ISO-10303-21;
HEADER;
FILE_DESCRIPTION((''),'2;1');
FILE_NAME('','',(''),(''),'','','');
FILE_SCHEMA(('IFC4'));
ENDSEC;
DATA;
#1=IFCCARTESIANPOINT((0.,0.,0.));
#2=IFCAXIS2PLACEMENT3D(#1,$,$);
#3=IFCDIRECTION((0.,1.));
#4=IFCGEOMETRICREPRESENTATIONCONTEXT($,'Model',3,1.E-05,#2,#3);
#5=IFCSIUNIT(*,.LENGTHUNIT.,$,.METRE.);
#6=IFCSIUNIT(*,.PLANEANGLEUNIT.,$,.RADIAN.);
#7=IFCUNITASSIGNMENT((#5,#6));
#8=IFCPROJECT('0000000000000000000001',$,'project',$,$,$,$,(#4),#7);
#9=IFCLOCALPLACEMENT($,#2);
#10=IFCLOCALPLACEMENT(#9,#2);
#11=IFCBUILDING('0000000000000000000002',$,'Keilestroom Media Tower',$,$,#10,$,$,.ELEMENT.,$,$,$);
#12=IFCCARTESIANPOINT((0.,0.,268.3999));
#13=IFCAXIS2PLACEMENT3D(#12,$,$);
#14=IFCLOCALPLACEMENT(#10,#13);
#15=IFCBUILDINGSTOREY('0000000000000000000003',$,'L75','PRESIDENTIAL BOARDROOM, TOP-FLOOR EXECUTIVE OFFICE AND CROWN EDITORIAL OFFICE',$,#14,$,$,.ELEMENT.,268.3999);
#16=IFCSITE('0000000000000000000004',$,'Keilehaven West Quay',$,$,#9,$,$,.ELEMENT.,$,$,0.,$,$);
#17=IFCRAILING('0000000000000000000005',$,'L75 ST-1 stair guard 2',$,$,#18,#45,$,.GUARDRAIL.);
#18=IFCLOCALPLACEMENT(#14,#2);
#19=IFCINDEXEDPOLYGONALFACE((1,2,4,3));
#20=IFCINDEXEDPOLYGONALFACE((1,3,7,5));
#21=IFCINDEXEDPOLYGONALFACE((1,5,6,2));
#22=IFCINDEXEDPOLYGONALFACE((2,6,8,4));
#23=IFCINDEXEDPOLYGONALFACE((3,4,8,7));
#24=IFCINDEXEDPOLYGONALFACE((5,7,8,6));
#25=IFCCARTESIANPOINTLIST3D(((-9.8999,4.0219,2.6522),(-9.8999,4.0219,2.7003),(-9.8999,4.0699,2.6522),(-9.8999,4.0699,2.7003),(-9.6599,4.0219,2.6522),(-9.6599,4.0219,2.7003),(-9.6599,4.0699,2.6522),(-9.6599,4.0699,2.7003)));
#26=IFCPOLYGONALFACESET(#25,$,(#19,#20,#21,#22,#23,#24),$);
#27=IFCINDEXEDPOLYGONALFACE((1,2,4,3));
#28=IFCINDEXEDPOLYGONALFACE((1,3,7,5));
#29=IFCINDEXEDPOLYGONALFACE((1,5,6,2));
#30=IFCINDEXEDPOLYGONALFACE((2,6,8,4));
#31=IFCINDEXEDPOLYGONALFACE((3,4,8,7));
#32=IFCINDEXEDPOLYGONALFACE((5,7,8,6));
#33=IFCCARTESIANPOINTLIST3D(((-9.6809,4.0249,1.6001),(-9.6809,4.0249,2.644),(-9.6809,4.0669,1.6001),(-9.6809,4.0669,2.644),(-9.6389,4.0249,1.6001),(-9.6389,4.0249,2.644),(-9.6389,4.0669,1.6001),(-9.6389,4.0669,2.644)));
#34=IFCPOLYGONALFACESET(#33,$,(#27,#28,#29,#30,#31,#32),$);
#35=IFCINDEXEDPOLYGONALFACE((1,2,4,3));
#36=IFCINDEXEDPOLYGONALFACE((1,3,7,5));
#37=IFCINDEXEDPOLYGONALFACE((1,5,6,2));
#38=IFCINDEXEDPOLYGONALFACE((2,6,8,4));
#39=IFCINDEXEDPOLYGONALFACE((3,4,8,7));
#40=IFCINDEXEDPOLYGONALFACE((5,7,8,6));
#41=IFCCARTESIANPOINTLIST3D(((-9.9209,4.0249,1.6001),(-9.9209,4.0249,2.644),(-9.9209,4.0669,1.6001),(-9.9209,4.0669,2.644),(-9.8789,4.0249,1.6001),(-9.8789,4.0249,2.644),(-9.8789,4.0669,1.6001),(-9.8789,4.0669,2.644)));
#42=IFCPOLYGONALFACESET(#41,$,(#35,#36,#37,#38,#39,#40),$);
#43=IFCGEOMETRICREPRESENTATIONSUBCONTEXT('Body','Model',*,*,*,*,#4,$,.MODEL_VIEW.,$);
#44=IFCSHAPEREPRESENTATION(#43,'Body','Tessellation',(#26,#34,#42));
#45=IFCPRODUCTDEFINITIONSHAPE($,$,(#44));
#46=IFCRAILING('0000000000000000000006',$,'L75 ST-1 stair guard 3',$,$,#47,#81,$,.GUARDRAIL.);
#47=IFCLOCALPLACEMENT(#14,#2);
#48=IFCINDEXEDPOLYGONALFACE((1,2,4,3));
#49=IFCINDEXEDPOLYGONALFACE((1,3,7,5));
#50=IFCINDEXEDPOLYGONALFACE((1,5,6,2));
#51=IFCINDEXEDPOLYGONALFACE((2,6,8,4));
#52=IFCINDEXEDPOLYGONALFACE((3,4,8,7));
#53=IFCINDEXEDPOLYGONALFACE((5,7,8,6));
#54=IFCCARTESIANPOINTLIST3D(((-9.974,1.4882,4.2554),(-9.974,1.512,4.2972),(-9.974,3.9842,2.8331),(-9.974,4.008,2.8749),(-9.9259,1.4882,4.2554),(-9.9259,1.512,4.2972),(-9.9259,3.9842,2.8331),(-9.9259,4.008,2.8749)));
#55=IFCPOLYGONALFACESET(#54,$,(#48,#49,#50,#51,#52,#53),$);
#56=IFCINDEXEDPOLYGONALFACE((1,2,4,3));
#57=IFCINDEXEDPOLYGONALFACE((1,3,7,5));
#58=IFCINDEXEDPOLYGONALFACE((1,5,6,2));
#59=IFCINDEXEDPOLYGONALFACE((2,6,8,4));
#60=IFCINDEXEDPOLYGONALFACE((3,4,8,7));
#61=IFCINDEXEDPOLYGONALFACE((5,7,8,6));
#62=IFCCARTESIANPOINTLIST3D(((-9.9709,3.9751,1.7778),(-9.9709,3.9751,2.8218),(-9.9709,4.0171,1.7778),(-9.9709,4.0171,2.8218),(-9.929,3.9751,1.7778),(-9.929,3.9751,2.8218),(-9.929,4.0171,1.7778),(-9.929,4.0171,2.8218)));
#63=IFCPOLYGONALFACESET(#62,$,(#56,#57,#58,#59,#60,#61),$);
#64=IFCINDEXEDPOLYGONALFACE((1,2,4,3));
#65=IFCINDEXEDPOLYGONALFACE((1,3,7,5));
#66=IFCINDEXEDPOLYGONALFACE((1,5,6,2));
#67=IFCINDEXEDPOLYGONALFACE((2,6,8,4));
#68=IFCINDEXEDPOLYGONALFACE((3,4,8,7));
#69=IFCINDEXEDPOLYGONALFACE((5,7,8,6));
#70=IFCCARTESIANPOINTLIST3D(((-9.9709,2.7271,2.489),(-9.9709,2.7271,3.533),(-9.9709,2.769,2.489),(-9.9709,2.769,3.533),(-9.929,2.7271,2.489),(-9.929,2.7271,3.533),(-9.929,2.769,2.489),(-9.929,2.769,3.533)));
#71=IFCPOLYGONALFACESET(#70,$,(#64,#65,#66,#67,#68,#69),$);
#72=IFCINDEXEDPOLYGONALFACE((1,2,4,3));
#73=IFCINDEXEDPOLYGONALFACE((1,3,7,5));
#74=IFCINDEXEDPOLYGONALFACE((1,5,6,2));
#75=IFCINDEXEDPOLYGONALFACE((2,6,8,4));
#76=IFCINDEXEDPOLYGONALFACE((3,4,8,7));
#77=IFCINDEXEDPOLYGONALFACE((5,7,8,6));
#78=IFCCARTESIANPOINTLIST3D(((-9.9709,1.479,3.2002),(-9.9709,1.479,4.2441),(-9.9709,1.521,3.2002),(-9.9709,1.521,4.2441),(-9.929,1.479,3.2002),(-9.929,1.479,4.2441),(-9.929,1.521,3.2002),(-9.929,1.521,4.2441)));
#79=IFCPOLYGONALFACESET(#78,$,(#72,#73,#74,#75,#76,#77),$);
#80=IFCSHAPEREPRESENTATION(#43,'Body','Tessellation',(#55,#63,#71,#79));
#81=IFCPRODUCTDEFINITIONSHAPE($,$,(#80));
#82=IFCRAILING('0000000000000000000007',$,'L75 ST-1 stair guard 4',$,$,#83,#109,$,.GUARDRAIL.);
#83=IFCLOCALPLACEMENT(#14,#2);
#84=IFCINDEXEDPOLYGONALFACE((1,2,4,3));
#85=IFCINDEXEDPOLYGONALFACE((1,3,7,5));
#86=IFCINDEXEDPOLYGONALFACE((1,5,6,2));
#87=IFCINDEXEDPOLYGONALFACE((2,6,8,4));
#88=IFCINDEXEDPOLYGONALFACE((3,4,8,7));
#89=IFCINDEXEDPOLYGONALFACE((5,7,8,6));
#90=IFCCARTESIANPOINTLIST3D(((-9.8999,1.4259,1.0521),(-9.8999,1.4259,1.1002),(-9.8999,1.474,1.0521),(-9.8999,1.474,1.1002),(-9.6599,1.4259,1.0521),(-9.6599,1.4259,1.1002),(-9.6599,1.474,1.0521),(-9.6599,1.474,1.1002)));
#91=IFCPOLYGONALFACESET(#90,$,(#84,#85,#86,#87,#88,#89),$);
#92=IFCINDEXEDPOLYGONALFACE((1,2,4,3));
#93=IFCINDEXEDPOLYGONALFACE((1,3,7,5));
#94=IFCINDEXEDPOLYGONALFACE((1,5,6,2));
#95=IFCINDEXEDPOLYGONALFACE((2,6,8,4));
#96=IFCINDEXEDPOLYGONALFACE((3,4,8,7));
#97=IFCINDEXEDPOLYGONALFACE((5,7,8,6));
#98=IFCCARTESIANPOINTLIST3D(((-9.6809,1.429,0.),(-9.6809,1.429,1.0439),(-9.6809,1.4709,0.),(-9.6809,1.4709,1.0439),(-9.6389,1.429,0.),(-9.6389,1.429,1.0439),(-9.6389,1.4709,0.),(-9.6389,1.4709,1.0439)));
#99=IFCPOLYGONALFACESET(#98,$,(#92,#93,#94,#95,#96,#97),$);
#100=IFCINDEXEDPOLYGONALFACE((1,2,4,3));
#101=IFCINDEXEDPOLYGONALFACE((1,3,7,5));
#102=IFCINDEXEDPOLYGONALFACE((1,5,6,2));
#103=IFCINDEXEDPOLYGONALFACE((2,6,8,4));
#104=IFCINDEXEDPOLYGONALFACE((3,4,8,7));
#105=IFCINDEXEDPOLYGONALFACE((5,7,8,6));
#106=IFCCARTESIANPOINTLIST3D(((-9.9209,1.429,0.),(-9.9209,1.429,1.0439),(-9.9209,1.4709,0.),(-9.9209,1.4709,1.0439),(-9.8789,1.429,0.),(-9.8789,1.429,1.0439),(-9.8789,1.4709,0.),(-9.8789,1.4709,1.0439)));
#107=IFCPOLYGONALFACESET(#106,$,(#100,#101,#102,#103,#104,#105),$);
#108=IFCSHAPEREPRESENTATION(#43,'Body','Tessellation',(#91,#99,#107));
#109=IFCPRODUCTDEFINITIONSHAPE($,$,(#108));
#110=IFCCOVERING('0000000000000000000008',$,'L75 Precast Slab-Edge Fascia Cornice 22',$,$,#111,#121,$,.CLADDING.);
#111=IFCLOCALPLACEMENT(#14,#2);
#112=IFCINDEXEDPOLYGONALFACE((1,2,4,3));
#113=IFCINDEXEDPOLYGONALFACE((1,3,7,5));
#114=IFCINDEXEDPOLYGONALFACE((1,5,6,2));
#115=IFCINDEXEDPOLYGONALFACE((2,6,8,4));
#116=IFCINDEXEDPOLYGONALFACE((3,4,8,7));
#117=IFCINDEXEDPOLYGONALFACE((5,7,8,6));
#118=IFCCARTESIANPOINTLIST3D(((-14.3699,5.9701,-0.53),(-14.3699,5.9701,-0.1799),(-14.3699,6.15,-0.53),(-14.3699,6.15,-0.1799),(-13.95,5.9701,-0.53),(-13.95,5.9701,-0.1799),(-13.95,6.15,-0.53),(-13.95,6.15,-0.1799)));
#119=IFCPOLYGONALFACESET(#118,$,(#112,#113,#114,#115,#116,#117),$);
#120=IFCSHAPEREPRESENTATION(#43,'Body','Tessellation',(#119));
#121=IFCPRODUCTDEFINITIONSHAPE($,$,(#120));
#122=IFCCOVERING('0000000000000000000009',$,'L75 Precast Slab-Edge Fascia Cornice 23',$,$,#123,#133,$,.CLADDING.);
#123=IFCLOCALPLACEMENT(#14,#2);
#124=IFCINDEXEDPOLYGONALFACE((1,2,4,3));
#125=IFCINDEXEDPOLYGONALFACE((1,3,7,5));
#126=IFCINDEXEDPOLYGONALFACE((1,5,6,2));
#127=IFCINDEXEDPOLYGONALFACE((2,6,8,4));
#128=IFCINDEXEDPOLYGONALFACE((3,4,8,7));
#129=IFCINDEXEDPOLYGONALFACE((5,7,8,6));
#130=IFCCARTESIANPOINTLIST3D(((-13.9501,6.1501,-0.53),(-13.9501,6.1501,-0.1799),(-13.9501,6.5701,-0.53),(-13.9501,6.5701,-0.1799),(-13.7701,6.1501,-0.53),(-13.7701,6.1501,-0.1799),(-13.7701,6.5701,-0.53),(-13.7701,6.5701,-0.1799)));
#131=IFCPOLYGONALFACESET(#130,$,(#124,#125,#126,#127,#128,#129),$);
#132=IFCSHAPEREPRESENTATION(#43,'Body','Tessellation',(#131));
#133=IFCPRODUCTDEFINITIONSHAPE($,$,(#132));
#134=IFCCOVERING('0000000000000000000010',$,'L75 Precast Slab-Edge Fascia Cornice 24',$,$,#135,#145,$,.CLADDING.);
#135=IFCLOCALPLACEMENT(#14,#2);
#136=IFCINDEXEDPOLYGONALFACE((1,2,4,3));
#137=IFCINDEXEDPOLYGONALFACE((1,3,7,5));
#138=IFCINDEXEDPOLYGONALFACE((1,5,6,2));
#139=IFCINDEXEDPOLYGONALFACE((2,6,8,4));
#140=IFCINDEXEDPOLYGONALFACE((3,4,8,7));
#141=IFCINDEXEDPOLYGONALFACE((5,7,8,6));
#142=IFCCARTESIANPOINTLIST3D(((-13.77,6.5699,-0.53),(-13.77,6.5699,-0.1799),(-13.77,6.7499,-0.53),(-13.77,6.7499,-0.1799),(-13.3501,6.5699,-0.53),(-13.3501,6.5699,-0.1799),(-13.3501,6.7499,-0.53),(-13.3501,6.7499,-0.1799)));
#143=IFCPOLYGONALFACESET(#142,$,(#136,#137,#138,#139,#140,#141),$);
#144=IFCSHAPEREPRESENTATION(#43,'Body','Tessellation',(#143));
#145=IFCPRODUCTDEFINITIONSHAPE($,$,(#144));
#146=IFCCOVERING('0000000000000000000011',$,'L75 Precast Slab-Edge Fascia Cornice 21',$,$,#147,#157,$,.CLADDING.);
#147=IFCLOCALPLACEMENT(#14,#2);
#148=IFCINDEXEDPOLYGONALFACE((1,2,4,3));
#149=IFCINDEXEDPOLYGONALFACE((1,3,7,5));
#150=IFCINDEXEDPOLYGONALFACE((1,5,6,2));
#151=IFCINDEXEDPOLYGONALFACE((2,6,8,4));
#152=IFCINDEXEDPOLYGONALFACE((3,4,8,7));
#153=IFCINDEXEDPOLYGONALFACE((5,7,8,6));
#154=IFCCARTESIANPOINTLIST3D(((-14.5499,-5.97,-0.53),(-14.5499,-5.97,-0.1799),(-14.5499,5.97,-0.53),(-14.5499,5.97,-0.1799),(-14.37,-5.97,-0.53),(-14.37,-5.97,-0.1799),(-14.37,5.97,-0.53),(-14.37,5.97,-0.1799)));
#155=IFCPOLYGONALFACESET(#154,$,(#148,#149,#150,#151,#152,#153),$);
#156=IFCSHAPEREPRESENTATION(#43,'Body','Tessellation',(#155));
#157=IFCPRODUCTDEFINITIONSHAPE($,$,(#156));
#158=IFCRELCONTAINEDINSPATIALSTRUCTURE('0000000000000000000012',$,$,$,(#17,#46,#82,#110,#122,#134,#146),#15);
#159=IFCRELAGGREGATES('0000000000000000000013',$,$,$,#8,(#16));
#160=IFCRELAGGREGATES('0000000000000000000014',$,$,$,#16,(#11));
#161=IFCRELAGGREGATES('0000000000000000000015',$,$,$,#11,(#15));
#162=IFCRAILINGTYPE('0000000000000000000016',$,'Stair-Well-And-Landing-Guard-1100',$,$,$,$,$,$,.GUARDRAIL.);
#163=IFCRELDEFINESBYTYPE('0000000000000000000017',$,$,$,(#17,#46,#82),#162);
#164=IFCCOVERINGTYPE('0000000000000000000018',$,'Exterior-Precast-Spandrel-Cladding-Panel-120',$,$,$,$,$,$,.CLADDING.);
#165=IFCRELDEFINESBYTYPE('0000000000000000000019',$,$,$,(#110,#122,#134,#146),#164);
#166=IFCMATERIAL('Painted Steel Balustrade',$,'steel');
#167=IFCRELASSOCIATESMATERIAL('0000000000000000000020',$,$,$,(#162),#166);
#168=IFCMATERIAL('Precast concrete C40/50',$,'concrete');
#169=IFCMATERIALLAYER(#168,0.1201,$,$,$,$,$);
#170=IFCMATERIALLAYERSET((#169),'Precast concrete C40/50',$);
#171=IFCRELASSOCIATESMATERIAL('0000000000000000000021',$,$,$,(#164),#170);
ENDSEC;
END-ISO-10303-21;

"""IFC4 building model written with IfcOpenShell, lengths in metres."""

from ifc_helpers import new_model, si_unit, direction, frame, origin, origin_2d, place, context, subcontext, project, spatial, rectangle, extrude, source, transform, mapped, material, layer, layer_set, type_object, element, save


model = new_model("IFC4")

# Units and contexts
model_context = context("Model", 3, precision=1e-05, world=origin(), true_north=direction((0.0, 1.0)))
body_context = subcontext(model_context, "Body", "Model", "MODEL_VIEW")
ifc_project = project(units=[si_unit("LENGTHUNIT", "METRE"), si_unit("PLANEANGLEUNIT", "RADIAN")], contexts=[model_context])

# Site, building, storey
site_placement = place(None, origin())
site = spatial("IfcSite", under=ifc_project, at=site_placement, Name="Keilehaven West Quay", CompositionType="ELEMENT", RefElevation=0.0)
building_placement = place(site_placement, origin())
building = spatial("IfcBuilding", under=site, at=building_placement, Name="Keilestroom Media Tower", CompositionType="ELEMENT")
storey_placement = place(building_placement, frame((0.0, 0.0, 268.3999)))
storey = spatial("IfcBuildingStorey", under=building, at=storey_placement, Name="L75", Description="PRESIDENTIAL BOARDROOM, TOP-FLOOR EXECUTIVE OFFICE AND CROWN EDITORIAL OFFICE", CompositionType="ELEMENT", Elevation=268.3999)

# Shared definitions
ifc_material_1 = material(Name="Precast concrete C40/50", Category="concrete")

# Railings
ifc_material_2 = material(Name="Painted Steel Balustrade", Category="steel")
railing_type_1 = type_object("IfcRailingType", Name="Stair-Well-And-Landing-Guard-1100", PredefinedType="GUARDRAIL", material=ifc_material_2)
railing_1_placement = place(storey_placement, frame((-9.6599, 4.0459, 1.6001)))
element("IfcRailing", 1, at=railing_1_placement, inside=storey, type_object=railing_type_1, Name="L75 ST-1 stair guard 2", PredefinedType="GUARDRAIL", context=body_context, shape_type="SweptSolid", body=[
    extrude(rectangle(XDim=0.0481, YDim=0.0481, at=origin_2d()), frame((0.0, 0.0, 1.0762), z_axis=(-1.0, 0.0, 0.0), x_axis=(0.0, -1.0, 0.0)), (0.0, 0.0, 1.0), 0.24),
    extrude(rectangle(XDim=0.042, YDim=0.042, at=origin_2d()), origin(), (0.0, 0.0, 1.0), 1.0439),
    extrude(rectangle(XDim=0.042, YDim=0.042, at=origin_2d()), frame((-0.24, 0.0, 0.0)), (0.0, 0.0, 1.0), 1.0439),
])
railing_2_placement = place(storey_placement, frame((-9.95, 3.9961, 1.7778)))
element("IfcRailing", 2, at=railing_2_placement, inside=storey, type_object=railing_type_1, Name="L75 ST-1 stair guard 3", PredefinedType="GUARDRAIL", context=body_context, shape_type="SweptSolid", body=[
    extrude(rectangle(XDim=0.0481, YDim=0.0481, at=origin_2d()), frame((0.0, 0.0, 1.0762), z_axis=(0.0, -0.868839, 0.495095), x_axis=(1.0, 0.0, 0.0)), (0.0, 0.0, 1.0), 2.8728),
    extrude(rectangle(XDim=0.042, YDim=0.042, at=origin_2d()), origin(), (0.0, 0.0, 1.0), 1.0439),
    extrude(rectangle(XDim=0.042, YDim=0.042, at=origin_2d()), frame((0.0, -1.248, 0.7112)), (0.0, 0.0, 1.0), 1.0439),
    extrude(rectangle(XDim=0.042, YDim=0.042, at=origin_2d()), frame((0.0, -2.4961, 1.4224)), (0.0, 0.0, 1.0), 1.0439),
])
railing_3_placement = place(storey_placement, frame((-9.6599, 1.45, 0.0)))
element("IfcRailing", 3, at=railing_3_placement, inside=storey, type_object=railing_type_1, Name="L75 ST-1 stair guard 4", PredefinedType="GUARDRAIL", context=body_context, shape_type="SweptSolid", body=[
    extrude(rectangle(XDim=0.0481, YDim=0.0481, at=origin_2d()), frame((0.0, 0.0, 1.0762), z_axis=(-1.0, 0.0, 0.0), x_axis=(0.0, -1.0, 0.0)), (0.0, 0.0, 1.0), 0.24),
    extrude(rectangle(XDim=0.042, YDim=0.042, at=origin_2d()), origin(), (0.0, 0.0, 1.0), 1.0439),
    extrude(rectangle(XDim=0.042, YDim=0.042, at=origin_2d()), frame((-0.24, 0.0, 0.0)), (0.0, 0.0, 1.0), 1.0439),
])

# Coverings
ifc_layer_1 = layer(ifc_material_1, 0.1201)
ifc_layer_set_1 = layer_set([ifc_layer_1], Name="Precast concrete C40/50")
covering_type = type_object("IfcCoveringType", Name="Exterior-Precast-Spandrel-Cladding-Panel-120", PredefinedType="CLADDING", material=ifc_layer_set_1)
shared_shape_1 = source(origin(), body_context, "Body", "SweptSolid", [
    extrude(rectangle(XDim=0.4199, YDim=0.1799, at=origin_2d()), origin(), (0.0, 0.0, 1.0), 0.3501),
])
for number, where, z_axis, x_axis, name in (
    (4, (-14.1599, 6.0601, -0.53), (0.0, 0.0, 1.0), (1.0, 0.0, 0.0), "L75 Precast Slab-Edge Fascia Cornice 22"),
    (5, (-13.8601, 6.3601, -0.53), (0.0, 0.0, 1.0), (0.0, 1.0, 0.0), "L75 Precast Slab-Edge Fascia Cornice 23"),
    (6, (-13.5601, 6.6599, -0.53), (0.0, 0.0, 1.0), (1.0, 0.0, 0.0), "L75 Precast Slab-Edge Fascia Cornice 24"),
):
    element("IfcCovering", number, at=place(storey_placement, frame(where, z_axis=z_axis, x_axis=x_axis)), inside=storey, type_object=covering_type, Name=name, PredefinedType="CLADDING", context=body_context, shape_type="MappedRepresentation", body=[
        mapped(shared_shape_1, transform((0.0, 0.0, 0.0), x_axis=(1.0, 0.0, 0.0), y_axis=(0.0, 1.0, 0.0), z_axis=(0.0, 0.0, 1.0), scale=1.0)),
    ])
shared_shape_2 = source(origin(), body_context, "Body", "SweptSolid", [
    extrude(rectangle(XDim=11.9399, YDim=0.1799, at=origin_2d()), origin(), (0.0, 0.0, 1.0), 0.3501),
])
covering_placement = place(storey_placement, frame((-14.46, 0.0, -0.53), z_axis=(0.0, 0.0, 1.0), x_axis=(0.0, 1.0, 0.0)))
element("IfcCovering", 7, at=covering_placement, inside=storey, type_object=covering_type, Name="L75 Precast Slab-Edge Fascia Cornice 21", PredefinedType="CLADDING", context=body_context, shape_type="MappedRepresentation", body=[
    mapped(shared_shape_2, transform((0.0, 0.0, 0.0), x_axis=(1.0, 0.0, 0.0), y_axis=(0.0, 1.0, 0.0), z_axis=(0.0, 0.0, 1.0), scale=1.0)),
])

save(model, "model.ifc")
